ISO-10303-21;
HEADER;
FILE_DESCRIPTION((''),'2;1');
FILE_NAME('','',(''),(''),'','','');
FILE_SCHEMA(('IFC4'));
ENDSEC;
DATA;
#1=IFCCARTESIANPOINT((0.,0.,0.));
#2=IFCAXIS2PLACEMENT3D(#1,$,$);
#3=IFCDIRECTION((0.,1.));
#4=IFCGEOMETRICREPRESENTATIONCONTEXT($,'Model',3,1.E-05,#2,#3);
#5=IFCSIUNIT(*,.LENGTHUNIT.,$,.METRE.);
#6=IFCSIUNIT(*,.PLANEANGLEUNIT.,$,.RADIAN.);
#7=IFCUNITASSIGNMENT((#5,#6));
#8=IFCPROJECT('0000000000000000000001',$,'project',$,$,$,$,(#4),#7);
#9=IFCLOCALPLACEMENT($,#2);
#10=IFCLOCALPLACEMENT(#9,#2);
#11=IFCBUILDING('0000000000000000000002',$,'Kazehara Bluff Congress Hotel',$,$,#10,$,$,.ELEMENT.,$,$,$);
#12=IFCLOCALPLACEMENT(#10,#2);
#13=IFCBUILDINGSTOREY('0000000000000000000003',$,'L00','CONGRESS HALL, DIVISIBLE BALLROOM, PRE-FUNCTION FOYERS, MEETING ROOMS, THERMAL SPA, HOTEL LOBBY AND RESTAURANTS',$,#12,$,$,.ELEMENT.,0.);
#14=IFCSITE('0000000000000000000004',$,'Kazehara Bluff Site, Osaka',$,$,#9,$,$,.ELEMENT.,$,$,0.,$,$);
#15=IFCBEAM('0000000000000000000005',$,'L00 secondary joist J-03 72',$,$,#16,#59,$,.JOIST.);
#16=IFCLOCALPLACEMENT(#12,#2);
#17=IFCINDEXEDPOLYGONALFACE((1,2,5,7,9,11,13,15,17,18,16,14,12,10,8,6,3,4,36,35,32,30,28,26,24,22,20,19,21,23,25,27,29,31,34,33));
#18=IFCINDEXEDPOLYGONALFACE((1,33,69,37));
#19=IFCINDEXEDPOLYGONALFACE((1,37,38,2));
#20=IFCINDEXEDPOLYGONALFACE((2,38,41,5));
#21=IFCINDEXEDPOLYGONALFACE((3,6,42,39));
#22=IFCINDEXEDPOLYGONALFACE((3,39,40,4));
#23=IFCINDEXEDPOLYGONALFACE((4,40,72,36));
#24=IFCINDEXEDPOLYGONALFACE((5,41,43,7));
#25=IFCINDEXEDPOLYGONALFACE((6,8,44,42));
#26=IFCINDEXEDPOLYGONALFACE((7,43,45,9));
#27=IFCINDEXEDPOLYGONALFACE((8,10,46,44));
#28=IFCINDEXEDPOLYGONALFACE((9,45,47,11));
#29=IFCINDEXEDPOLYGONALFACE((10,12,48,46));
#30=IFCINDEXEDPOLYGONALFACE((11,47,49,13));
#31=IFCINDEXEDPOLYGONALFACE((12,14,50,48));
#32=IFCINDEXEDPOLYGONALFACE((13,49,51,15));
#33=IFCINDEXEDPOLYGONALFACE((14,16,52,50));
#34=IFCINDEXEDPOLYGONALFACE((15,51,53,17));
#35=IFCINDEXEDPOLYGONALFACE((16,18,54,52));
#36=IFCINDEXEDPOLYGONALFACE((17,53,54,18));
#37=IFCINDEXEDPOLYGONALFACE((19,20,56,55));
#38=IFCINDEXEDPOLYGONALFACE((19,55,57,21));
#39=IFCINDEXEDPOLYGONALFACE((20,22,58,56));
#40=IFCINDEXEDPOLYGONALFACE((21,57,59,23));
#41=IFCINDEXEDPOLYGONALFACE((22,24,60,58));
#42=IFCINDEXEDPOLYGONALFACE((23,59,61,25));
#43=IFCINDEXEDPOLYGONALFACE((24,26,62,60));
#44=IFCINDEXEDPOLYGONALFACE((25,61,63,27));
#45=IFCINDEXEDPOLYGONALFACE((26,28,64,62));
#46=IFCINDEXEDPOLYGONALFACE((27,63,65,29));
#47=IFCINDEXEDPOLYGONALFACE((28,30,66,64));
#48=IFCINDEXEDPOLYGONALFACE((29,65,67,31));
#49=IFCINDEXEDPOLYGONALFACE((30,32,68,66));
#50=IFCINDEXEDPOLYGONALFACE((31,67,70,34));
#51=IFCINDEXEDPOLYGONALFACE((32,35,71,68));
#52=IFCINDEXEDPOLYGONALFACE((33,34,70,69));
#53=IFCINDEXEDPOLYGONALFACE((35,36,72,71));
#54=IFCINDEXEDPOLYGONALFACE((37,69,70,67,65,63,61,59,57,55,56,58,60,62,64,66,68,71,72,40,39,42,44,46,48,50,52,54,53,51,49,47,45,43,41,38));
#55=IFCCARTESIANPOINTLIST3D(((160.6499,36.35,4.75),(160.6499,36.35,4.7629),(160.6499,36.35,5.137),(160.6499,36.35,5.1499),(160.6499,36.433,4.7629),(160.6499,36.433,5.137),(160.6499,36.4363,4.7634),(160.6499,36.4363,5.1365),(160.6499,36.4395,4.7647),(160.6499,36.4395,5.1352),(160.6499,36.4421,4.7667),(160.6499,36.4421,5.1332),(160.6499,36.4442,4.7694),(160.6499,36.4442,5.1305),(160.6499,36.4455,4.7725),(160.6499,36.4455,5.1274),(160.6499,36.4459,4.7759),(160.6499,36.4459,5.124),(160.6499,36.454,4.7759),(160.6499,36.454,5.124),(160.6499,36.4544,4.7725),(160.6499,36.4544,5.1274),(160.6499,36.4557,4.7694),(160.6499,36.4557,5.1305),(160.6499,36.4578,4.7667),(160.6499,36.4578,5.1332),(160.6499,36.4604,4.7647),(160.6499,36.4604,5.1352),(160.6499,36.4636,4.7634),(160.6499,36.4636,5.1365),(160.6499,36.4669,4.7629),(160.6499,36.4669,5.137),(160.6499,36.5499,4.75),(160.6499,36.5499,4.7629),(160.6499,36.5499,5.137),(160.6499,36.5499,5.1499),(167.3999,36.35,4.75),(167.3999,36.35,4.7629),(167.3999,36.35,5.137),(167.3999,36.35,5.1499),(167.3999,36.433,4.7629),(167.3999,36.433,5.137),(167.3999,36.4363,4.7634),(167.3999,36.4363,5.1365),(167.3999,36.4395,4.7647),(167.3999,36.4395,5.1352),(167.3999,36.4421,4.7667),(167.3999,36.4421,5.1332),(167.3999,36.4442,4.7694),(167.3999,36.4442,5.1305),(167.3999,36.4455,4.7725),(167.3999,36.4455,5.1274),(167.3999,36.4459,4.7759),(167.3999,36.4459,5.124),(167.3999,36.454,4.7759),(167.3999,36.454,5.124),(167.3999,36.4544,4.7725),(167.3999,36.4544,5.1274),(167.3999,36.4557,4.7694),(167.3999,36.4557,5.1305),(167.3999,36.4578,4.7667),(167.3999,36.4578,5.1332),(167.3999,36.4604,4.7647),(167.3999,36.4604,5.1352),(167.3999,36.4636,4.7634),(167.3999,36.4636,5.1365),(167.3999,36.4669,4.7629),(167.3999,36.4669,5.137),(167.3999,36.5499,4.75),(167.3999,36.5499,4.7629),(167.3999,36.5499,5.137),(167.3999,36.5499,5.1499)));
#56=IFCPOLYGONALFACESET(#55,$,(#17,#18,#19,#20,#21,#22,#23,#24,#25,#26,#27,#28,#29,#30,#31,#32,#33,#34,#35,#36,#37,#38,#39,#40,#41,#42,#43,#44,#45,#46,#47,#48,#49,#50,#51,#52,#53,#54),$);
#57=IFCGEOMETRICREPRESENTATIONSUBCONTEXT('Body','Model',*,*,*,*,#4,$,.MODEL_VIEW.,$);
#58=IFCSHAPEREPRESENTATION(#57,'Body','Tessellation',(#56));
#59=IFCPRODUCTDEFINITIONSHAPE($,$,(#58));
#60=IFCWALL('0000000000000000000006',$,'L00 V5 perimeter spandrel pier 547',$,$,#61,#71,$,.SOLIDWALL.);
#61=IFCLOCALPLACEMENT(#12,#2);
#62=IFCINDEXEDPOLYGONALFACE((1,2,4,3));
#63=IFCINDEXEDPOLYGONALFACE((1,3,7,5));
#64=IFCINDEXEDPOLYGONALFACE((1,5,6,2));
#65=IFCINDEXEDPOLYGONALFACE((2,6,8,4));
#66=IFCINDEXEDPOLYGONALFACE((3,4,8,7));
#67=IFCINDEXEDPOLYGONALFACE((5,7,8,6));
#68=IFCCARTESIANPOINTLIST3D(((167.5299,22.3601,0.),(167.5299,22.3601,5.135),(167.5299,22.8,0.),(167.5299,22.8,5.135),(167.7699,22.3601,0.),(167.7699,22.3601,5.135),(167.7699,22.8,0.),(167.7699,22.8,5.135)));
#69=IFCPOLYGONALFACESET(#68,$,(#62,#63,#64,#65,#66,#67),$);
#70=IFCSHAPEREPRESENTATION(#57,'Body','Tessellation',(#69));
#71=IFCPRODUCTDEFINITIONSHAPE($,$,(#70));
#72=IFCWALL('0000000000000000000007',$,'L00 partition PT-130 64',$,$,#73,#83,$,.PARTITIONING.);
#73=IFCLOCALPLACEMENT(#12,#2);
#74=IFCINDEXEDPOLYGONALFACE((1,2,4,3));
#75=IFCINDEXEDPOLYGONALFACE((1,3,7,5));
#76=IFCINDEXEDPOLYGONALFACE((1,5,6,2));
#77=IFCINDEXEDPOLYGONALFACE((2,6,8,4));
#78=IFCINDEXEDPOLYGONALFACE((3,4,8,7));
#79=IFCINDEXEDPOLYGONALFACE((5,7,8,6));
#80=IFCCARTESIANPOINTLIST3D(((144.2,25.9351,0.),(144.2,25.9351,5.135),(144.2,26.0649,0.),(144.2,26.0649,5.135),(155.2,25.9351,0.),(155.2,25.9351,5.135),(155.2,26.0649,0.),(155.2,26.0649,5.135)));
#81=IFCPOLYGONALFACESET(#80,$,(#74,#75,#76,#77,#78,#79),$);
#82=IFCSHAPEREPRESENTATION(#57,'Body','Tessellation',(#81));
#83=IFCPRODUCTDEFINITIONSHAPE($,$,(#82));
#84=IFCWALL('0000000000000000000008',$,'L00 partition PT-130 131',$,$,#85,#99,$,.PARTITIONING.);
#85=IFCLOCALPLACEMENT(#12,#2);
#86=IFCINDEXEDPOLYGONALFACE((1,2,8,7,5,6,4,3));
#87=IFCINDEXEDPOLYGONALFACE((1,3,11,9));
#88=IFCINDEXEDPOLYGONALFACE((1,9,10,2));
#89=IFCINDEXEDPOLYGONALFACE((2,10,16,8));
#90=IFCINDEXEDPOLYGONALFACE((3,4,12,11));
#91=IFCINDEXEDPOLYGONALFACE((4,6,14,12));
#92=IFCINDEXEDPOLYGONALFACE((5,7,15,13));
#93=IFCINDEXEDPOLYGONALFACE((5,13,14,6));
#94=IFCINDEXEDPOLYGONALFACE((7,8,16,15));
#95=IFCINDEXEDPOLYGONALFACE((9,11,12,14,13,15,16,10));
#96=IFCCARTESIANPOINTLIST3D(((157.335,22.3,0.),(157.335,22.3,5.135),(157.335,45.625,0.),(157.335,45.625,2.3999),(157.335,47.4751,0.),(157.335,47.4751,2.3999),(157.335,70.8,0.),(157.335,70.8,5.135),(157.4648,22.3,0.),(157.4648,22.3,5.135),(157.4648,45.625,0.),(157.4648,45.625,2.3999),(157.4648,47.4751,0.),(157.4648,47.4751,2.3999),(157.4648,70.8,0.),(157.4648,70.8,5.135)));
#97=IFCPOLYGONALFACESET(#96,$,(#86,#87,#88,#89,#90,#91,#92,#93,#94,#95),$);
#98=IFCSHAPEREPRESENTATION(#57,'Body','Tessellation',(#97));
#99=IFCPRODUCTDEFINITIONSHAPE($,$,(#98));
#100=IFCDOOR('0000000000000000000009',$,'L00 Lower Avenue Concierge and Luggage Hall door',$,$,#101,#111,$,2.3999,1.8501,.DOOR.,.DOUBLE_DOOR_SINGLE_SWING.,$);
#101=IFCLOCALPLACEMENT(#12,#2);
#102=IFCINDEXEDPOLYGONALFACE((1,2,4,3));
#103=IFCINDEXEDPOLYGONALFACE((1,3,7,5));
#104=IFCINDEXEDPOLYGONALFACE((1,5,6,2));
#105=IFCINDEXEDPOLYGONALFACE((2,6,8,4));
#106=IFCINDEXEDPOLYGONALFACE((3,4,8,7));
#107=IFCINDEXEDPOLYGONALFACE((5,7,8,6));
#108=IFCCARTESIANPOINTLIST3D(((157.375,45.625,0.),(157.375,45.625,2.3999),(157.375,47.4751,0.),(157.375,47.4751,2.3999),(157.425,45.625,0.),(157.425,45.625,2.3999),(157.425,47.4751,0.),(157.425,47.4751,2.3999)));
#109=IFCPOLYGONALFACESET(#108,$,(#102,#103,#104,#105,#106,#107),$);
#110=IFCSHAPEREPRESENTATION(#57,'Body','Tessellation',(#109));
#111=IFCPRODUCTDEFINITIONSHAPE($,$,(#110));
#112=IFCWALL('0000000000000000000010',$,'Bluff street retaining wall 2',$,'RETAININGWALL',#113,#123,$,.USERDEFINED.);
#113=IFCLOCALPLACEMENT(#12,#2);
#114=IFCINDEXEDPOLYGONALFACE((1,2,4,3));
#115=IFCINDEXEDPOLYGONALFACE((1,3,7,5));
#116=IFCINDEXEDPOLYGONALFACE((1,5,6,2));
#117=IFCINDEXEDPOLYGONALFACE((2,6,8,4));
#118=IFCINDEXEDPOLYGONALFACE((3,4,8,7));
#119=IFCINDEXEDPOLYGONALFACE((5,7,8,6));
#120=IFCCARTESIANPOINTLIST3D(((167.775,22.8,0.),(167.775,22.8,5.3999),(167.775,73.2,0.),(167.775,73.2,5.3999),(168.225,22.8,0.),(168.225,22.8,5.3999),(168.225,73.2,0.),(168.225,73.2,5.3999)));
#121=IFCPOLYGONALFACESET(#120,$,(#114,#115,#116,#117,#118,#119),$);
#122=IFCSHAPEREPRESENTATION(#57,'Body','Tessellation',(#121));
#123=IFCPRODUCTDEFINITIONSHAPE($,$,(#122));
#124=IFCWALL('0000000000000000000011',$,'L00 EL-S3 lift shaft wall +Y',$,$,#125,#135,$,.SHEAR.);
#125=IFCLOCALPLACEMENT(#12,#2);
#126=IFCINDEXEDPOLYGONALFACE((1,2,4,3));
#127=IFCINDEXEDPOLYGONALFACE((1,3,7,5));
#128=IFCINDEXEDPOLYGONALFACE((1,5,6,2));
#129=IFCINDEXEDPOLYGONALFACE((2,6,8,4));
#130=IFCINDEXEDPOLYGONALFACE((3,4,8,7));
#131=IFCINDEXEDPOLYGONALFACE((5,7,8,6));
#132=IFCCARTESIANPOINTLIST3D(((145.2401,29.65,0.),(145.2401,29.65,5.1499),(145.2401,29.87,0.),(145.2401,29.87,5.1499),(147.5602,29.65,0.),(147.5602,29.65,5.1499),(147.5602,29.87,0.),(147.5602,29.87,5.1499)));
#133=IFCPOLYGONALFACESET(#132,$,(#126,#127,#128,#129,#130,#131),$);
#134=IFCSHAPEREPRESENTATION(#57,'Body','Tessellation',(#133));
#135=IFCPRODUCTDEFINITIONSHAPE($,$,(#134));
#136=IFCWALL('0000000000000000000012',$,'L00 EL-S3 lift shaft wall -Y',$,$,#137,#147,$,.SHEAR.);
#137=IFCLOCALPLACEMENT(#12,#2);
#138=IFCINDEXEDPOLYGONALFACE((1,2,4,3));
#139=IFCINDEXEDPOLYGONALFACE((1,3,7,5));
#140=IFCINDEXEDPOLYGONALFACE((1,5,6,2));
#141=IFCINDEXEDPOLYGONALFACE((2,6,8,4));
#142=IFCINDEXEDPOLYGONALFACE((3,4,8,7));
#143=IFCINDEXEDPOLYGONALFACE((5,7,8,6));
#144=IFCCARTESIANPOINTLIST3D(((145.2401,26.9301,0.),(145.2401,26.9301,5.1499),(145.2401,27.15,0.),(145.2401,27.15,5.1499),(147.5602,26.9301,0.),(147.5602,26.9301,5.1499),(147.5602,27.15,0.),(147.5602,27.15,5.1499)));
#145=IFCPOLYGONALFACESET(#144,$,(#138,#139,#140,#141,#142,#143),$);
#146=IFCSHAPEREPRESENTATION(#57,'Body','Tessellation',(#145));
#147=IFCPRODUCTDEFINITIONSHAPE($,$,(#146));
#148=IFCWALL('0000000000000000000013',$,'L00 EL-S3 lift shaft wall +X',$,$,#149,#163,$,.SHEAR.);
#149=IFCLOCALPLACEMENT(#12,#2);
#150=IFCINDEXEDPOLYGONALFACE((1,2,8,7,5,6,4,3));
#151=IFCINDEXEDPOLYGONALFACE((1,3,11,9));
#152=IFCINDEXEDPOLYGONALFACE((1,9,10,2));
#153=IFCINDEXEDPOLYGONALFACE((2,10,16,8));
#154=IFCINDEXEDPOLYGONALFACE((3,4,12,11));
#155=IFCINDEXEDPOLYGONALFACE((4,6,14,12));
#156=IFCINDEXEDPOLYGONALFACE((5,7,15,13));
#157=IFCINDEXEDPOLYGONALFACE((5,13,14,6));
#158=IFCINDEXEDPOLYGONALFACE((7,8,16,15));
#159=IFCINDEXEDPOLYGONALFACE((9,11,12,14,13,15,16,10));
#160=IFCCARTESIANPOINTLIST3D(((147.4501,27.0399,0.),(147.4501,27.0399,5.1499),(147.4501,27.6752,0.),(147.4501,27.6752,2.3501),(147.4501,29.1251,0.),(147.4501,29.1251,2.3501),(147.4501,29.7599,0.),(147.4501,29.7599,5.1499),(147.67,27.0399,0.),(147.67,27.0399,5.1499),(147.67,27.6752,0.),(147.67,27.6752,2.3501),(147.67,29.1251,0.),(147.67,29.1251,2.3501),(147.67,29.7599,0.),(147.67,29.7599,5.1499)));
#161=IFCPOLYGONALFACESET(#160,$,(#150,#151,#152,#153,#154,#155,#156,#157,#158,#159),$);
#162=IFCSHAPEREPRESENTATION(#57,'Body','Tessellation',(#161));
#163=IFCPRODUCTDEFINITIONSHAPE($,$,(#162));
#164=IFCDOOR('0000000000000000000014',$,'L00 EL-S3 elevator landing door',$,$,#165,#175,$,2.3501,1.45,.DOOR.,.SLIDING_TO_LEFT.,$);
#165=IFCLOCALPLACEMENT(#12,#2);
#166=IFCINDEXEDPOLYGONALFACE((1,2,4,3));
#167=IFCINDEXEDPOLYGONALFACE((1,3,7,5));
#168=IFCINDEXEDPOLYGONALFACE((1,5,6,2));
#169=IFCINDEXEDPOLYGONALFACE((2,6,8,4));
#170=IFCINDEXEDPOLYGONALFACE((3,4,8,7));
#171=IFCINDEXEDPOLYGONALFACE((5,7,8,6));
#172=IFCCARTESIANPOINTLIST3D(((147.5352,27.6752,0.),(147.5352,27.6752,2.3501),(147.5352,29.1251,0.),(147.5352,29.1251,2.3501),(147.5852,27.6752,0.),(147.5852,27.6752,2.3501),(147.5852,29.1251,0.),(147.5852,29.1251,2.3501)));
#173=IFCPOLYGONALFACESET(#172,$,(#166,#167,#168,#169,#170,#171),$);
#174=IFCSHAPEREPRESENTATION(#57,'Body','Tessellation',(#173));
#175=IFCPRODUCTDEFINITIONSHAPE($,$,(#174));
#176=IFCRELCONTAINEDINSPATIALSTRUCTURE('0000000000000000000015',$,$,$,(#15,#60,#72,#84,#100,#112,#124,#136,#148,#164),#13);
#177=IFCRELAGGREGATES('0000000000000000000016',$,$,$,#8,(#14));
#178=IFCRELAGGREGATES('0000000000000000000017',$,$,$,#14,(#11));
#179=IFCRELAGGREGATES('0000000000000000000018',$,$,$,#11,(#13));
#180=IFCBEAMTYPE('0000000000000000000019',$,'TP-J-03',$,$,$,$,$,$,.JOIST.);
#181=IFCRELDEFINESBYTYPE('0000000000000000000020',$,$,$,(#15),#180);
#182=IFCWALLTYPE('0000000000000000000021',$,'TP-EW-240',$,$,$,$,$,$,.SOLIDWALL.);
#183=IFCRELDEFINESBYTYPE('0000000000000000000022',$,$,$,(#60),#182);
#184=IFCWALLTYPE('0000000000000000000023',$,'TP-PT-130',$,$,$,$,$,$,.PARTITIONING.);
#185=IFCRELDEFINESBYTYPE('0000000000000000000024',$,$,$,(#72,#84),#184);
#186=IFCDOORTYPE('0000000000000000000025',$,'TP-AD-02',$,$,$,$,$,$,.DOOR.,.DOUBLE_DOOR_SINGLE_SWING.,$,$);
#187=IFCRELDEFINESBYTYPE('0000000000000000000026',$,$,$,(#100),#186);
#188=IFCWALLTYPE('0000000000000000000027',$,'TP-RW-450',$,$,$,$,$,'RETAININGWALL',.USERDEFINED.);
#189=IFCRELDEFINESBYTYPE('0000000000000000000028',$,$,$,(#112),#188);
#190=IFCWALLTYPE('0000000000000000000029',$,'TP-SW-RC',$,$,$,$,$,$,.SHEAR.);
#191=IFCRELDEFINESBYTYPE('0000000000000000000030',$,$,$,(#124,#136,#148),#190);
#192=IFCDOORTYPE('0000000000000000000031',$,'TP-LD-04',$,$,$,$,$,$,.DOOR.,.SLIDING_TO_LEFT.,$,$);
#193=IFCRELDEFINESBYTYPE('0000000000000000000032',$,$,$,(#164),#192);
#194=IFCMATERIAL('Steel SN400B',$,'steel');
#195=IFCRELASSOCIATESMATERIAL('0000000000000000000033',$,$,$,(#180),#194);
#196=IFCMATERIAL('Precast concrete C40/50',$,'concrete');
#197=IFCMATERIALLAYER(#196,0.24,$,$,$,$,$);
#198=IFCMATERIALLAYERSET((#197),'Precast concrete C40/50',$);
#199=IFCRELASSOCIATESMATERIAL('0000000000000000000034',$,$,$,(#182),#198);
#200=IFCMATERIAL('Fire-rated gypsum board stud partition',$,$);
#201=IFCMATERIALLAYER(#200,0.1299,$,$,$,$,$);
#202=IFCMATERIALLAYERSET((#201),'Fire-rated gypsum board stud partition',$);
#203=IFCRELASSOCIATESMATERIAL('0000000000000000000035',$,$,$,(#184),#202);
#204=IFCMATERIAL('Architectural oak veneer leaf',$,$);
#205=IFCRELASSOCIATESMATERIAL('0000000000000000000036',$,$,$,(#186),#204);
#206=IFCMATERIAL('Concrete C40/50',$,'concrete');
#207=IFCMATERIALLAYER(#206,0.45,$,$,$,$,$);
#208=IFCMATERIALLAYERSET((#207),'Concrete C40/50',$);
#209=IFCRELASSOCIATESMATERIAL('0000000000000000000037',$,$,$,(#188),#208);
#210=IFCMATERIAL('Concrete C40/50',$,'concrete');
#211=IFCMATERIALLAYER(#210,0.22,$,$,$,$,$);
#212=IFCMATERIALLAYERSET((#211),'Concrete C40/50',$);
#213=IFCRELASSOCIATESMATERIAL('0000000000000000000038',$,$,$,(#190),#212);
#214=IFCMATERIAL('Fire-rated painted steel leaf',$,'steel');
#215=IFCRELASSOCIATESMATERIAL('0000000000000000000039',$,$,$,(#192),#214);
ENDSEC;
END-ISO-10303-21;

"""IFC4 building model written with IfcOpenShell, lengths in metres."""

from ifc_helpers import new_model, si_unit, direction, frame, frame_2d, origin, origin_2d, place, context, subcontext, project, spatial, rectangle, i_section, extrude, material, layer, layer_set, material_profile, profile_set, type_object, element, fill, save


model = new_model("IFC4")

# Units and contexts
model_context = context("Model", 3, precision=1e-05, world=origin(), true_north=direction((0.0, 1.0)))
body_context = subcontext(model_context, "Body", "Model", "MODEL_VIEW")
ifc_project = project(units=[si_unit("LENGTHUNIT", "METRE"), si_unit("PLANEANGLEUNIT", "RADIAN")], contexts=[model_context])

# Site, building, storey
site_placement = place(None, origin())
site = spatial("IfcSite", under=ifc_project, at=site_placement, Name="Kazehara Bluff Site, Osaka", CompositionType="ELEMENT", RefElevation=0.0)
building_placement = place(site_placement, origin())
building = spatial("IfcBuilding", under=site, at=building_placement, Name="Kazehara Bluff Congress Hotel", CompositionType="ELEMENT")
storey_placement = place(building_placement, origin())
storey = spatial("IfcBuildingStorey", under=building, at=storey_placement, Name="L00", Description="CONGRESS HALL, DIVISIBLE BALLROOM, PRE-FUNCTION FOYERS, MEETING ROOMS, THERMAL SPA, HOTEL LOBBY AND RESTAURANTS", CompositionType="ELEMENT", Elevation=0.0)

# Beam
ifc_material_1 = material(Name="Steel SN400B", Category="steel")
ifc_material_profile_1 = material_profile(ifc_material_1, i_section(OverallWidth=0.2, OverallDepth=0.3999, WebThickness=0.0081, FlangeThickness=0.0129, FilletRadius=0.0129, at=origin_2d()))
ifc_profile_set_1 = profile_set([ifc_material_profile_1], Name="Steel SN400B")
beam_type_1 = type_object("IfcBeamType", Name="TP-J-03", PredefinedType="JOIST", material=ifc_profile_set_1)
for number, where, z_axis, x_axis, name in (
    (1, (160.6499, 36.45, 4.95), (1.0, 0.0, 0.0), (0.0, 1.0, 0.0), "L00 secondary joist J-03 72"),
):
    element("IfcBeam", number, at=place(storey_placement, frame(where, z_axis=z_axis, x_axis=x_axis)), inside=storey, type_object=beam_type_1, Name=name, PredefinedType="JOIST", context=body_context, shape_type="SweptSolid", body=[
        extrude(i_section(OverallWidth=0.2, OverallDepth=0.3999, WebThickness=0.0081, FlangeThickness=0.0129, FilletRadius=0.0129, at=origin_2d()), origin(), (0.0, 0.0, 1.0), 6.75),
    ])

# Walls
ifc_material_2 = material(Name="Precast concrete C40/50", Category="concrete")
ifc_layer_1 = layer(ifc_material_2, 0.24)
ifc_layer_set_1 = layer_set([ifc_layer_1], Name="Precast concrete C40/50")
wall_type_1 = type_object("IfcWallType", Name="TP-EW-240", PredefinedType="SOLIDWALL", material=ifc_layer_set_1)
wall_1_placement = place(storey_placement, frame((167.6499, 22.8, 0.0), z_axis=(0.0, 0.0, 1.0), x_axis=(0.0, -1.0, 0.0)))
element("IfcWall", 2, at=wall_1_placement, inside=storey, type_object=wall_type_1, Name="L00 V5 perimeter spandrel pier 547", PredefinedType="SOLIDWALL", context=body_context, shape_type="SweptSolid", body=[
    extrude(rectangle(XDim=0.4399, YDim=0.24, at=frame_2d((0.22, 0.0))), origin(), (0.0, 0.0, 1.0), 5.135),
])
ifc_material_3 = material(Name="Fire-rated gypsum board stud partition")
ifc_layer_2 = layer(ifc_material_3, 0.1299)
ifc_layer_set_2 = layer_set([ifc_layer_2], Name="Fire-rated gypsum board stud partition")
wall_type_2 = type_object("IfcWallType", Name="TP-PT-130", PredefinedType="PARTITIONING", material=ifc_layer_set_2)
wall_2_placement = place(storey_placement, frame((144.2, 26.0, 0.0), z_axis=(0.0, 0.0, 1.0), x_axis=(1.0, 0.0, 0.0)))
element("IfcWall", 3, at=wall_2_placement, inside=storey, type_object=wall_type_2, Name="L00 partition PT-130 64", PredefinedType="PARTITIONING", context=body_context, shape_type="SweptSolid", body=[
    extrude(rectangle(XDim=11.0, YDim=0.1299, at=frame_2d((5.5, 0.0))), origin(), (0.0, 0.0, 1.0), 5.135),
])

# Wall, opening, door
wall_3_placement = place(storey_placement, frame((157.3999, 22.3, 0.0), z_axis=(0.0, 0.0, 1.0), x_axis=(0.0, 1.0, 0.0)))
wall_3 = element("IfcWall", 4, at=wall_3_placement, inside=storey, type_object=wall_type_2, Name="L00 partition PT-130 131", PredefinedType="PARTITIONING", context=body_context, shape_type="SweptSolid", body=[
    extrude(rectangle(XDim=48.5, YDim=0.1299, at=frame_2d((24.25, 0.0))), origin(), (0.0, 0.0, 1.0), 5.135),
])
opening_1_placement = place(wall_3_placement, frame((23.325, 0.0, 0.0)))
opening_1 = element("IfcOpeningElement", 5, at=opening_1_placement, cuts=wall_3, PredefinedType="OPENING", context=body_context, shape_type="SweptSolid", body=[
    extrude(rectangle(XDim=1.8501, YDim=2.3999, at=frame_2d((0.925, 1.2))), frame((0.0, 0.075, 0.0), z_axis=(0.0, -1.0, 0.0), x_axis=(1.0, 0.0, 0.0)), (0.0, 0.0, 1.0), 0.1499),
])
ifc_material_4 = material(Name="Architectural oak veneer leaf")
door_type_1 = type_object("IfcDoorType", Name="TP-AD-02", OperationType="DOUBLE_DOOR_SINGLE_SWING", PredefinedType="DOOR", material=ifc_material_4)
door_1_placement = place(opening_1_placement, origin())
door_1 = element("IfcDoor", 6, at=door_1_placement, inside=storey, type_object=door_type_1, Name="L00 Lower Avenue Concierge and Luggage Hall door", OperationType="DOUBLE_DOOR_SINGLE_SWING", OverallHeight=2.3999, OverallWidth=1.8501, PredefinedType="DOOR", context=body_context, shape_type="SweptSolid", body=[
    extrude(rectangle(XDim=1.8501, YDim=2.3999, at=frame_2d((0.925, 1.2))), frame((0.0, 0.0249, 0.0), z_axis=(0.0, -1.0, 0.0), x_axis=(1.0, 0.0, 0.0)), (0.0, 0.0, 1.0), 0.05),
])
fill(opening_1, door_1)

# Walls
ifc_material_5 = material(Name="Concrete C40/50", Category="concrete")
ifc_layer_3 = layer(ifc_material_5, 0.45)
ifc_layer_set_3 = layer_set([ifc_layer_3], Name="Concrete C40/50")
wall_type_3 = type_object("IfcWallType", Name="TP-RW-450", ElementType="RETAININGWALL", PredefinedType="USERDEFINED", material=ifc_layer_set_3)
wall_4_placement = place(storey_placement, frame((168.0, 22.8, 0.0), z_axis=(0.0, 0.0, 1.0), x_axis=(0.0, 1.0, 0.0)))
element("IfcWall", 7, at=wall_4_placement, inside=storey, type_object=wall_type_3, Name="Bluff street retaining wall 2", ObjectType="RETAININGWALL", PredefinedType="USERDEFINED", context=body_context, shape_type="SweptSolid", body=[
    extrude(rectangle(XDim=50.3999, YDim=0.45, at=frame_2d((25.2, 0.0))), origin(), (0.0, 0.0, 1.0), 5.3999),
])
ifc_material_6 = material(Name="Concrete C40/50", Category="concrete")
ifc_layer_4 = layer(ifc_material_6, 0.22)
ifc_layer_set_4 = layer_set([ifc_layer_4], Name="Concrete C40/50")
wall_type_4 = type_object("IfcWallType", Name="TP-SW-RC", PredefinedType="SHEAR", material=ifc_layer_set_4)
for number, where, z_axis, x_axis, name in (
    (8, (145.24, 29.76, 0.0), (0.0, 0.0, 1.0), (1.0, 0.0, 0.0), "L00 EL-S3 lift shaft wall +Y"),
    (9, (145.24, 27.04, 0.0), (0.0, 0.0, 1.0), (1.0, 0.0, 0.0), "L00 EL-S3 lift shaft wall -Y"),
):
    element("IfcWall", number, at=place(storey_placement, frame(where, z_axis=z_axis, x_axis=x_axis)), inside=storey, type_object=wall_type_4, Name=name, PredefinedType="SHEAR", context=body_context, shape_type="SweptSolid", body=[
        extrude(rectangle(XDim=2.3201, YDim=0.22, at=frame_2d((1.1602, 0.0))), origin(), (0.0, 0.0, 1.0), 5.1499),
    ])

# Wall, opening, door
wall_5_placement = place(storey_placement, frame((147.5601, 27.04, 0.0), z_axis=(0.0, 0.0, 1.0), x_axis=(0.0, 1.0, 0.0)))
wall_5 = element("IfcWall", 10, at=wall_5_placement, inside=storey, type_object=wall_type_4, Name="L00 EL-S3 lift shaft wall +X", PredefinedType="SHEAR", context=body_context, shape_type="SweptSolid", body=[
    extrude(rectangle(XDim=2.72, YDim=0.22, at=frame_2d((1.3599, 0.0))), origin(), (0.0, 0.0, 1.0), 5.1499),
])
opening_2_placement = place(wall_5_placement, frame((0.635, 0.0, 0.0)))
opening_2 = element("IfcOpeningElement", 11, at=opening_2_placement, cuts=wall_5, PredefinedType="OPENING", context=body_context, shape_type="SweptSolid", body=[
    extrude(rectangle(XDim=1.45, YDim=2.3501, at=frame_2d((0.7251, 1.175))), frame((0.0, 0.1199, 0.0), z_axis=(0.0, -1.0, 0.0), x_axis=(1.0, 0.0, 0.0)), (0.0, 0.0, 1.0), 0.24),
])
ifc_material_7 = material(Name="Fire-rated painted steel leaf", Category="steel")
door_type_2 = type_object("IfcDoorType", Name="TP-LD-04", OperationType="SLIDING_TO_LEFT", PredefinedType="DOOR", material=ifc_material_7)
door_2_placement = place(opening_2_placement, origin())
door_2 = element("IfcDoor", 12, at=door_2_placement, inside=storey, type_object=door_type_2, Name="L00 EL-S3 elevator landing door", OperationType="SLIDING_TO_LEFT", OverallHeight=2.3501, OverallWidth=1.45, PredefinedType="DOOR", context=body_context, shape_type="SweptSolid", body=[
    extrude(rectangle(XDim=1.45, YDim=2.3501, at=frame_2d((0.7251, 1.175))), frame((0.0, 0.0249, 0.0), z_axis=(0.0, -1.0, 0.0), x_axis=(1.0, 0.0, 0.0)), (0.0, 0.0, 1.0), 0.05),
])
fill(opening_2, door_2)

save(model, "model.ifc")
